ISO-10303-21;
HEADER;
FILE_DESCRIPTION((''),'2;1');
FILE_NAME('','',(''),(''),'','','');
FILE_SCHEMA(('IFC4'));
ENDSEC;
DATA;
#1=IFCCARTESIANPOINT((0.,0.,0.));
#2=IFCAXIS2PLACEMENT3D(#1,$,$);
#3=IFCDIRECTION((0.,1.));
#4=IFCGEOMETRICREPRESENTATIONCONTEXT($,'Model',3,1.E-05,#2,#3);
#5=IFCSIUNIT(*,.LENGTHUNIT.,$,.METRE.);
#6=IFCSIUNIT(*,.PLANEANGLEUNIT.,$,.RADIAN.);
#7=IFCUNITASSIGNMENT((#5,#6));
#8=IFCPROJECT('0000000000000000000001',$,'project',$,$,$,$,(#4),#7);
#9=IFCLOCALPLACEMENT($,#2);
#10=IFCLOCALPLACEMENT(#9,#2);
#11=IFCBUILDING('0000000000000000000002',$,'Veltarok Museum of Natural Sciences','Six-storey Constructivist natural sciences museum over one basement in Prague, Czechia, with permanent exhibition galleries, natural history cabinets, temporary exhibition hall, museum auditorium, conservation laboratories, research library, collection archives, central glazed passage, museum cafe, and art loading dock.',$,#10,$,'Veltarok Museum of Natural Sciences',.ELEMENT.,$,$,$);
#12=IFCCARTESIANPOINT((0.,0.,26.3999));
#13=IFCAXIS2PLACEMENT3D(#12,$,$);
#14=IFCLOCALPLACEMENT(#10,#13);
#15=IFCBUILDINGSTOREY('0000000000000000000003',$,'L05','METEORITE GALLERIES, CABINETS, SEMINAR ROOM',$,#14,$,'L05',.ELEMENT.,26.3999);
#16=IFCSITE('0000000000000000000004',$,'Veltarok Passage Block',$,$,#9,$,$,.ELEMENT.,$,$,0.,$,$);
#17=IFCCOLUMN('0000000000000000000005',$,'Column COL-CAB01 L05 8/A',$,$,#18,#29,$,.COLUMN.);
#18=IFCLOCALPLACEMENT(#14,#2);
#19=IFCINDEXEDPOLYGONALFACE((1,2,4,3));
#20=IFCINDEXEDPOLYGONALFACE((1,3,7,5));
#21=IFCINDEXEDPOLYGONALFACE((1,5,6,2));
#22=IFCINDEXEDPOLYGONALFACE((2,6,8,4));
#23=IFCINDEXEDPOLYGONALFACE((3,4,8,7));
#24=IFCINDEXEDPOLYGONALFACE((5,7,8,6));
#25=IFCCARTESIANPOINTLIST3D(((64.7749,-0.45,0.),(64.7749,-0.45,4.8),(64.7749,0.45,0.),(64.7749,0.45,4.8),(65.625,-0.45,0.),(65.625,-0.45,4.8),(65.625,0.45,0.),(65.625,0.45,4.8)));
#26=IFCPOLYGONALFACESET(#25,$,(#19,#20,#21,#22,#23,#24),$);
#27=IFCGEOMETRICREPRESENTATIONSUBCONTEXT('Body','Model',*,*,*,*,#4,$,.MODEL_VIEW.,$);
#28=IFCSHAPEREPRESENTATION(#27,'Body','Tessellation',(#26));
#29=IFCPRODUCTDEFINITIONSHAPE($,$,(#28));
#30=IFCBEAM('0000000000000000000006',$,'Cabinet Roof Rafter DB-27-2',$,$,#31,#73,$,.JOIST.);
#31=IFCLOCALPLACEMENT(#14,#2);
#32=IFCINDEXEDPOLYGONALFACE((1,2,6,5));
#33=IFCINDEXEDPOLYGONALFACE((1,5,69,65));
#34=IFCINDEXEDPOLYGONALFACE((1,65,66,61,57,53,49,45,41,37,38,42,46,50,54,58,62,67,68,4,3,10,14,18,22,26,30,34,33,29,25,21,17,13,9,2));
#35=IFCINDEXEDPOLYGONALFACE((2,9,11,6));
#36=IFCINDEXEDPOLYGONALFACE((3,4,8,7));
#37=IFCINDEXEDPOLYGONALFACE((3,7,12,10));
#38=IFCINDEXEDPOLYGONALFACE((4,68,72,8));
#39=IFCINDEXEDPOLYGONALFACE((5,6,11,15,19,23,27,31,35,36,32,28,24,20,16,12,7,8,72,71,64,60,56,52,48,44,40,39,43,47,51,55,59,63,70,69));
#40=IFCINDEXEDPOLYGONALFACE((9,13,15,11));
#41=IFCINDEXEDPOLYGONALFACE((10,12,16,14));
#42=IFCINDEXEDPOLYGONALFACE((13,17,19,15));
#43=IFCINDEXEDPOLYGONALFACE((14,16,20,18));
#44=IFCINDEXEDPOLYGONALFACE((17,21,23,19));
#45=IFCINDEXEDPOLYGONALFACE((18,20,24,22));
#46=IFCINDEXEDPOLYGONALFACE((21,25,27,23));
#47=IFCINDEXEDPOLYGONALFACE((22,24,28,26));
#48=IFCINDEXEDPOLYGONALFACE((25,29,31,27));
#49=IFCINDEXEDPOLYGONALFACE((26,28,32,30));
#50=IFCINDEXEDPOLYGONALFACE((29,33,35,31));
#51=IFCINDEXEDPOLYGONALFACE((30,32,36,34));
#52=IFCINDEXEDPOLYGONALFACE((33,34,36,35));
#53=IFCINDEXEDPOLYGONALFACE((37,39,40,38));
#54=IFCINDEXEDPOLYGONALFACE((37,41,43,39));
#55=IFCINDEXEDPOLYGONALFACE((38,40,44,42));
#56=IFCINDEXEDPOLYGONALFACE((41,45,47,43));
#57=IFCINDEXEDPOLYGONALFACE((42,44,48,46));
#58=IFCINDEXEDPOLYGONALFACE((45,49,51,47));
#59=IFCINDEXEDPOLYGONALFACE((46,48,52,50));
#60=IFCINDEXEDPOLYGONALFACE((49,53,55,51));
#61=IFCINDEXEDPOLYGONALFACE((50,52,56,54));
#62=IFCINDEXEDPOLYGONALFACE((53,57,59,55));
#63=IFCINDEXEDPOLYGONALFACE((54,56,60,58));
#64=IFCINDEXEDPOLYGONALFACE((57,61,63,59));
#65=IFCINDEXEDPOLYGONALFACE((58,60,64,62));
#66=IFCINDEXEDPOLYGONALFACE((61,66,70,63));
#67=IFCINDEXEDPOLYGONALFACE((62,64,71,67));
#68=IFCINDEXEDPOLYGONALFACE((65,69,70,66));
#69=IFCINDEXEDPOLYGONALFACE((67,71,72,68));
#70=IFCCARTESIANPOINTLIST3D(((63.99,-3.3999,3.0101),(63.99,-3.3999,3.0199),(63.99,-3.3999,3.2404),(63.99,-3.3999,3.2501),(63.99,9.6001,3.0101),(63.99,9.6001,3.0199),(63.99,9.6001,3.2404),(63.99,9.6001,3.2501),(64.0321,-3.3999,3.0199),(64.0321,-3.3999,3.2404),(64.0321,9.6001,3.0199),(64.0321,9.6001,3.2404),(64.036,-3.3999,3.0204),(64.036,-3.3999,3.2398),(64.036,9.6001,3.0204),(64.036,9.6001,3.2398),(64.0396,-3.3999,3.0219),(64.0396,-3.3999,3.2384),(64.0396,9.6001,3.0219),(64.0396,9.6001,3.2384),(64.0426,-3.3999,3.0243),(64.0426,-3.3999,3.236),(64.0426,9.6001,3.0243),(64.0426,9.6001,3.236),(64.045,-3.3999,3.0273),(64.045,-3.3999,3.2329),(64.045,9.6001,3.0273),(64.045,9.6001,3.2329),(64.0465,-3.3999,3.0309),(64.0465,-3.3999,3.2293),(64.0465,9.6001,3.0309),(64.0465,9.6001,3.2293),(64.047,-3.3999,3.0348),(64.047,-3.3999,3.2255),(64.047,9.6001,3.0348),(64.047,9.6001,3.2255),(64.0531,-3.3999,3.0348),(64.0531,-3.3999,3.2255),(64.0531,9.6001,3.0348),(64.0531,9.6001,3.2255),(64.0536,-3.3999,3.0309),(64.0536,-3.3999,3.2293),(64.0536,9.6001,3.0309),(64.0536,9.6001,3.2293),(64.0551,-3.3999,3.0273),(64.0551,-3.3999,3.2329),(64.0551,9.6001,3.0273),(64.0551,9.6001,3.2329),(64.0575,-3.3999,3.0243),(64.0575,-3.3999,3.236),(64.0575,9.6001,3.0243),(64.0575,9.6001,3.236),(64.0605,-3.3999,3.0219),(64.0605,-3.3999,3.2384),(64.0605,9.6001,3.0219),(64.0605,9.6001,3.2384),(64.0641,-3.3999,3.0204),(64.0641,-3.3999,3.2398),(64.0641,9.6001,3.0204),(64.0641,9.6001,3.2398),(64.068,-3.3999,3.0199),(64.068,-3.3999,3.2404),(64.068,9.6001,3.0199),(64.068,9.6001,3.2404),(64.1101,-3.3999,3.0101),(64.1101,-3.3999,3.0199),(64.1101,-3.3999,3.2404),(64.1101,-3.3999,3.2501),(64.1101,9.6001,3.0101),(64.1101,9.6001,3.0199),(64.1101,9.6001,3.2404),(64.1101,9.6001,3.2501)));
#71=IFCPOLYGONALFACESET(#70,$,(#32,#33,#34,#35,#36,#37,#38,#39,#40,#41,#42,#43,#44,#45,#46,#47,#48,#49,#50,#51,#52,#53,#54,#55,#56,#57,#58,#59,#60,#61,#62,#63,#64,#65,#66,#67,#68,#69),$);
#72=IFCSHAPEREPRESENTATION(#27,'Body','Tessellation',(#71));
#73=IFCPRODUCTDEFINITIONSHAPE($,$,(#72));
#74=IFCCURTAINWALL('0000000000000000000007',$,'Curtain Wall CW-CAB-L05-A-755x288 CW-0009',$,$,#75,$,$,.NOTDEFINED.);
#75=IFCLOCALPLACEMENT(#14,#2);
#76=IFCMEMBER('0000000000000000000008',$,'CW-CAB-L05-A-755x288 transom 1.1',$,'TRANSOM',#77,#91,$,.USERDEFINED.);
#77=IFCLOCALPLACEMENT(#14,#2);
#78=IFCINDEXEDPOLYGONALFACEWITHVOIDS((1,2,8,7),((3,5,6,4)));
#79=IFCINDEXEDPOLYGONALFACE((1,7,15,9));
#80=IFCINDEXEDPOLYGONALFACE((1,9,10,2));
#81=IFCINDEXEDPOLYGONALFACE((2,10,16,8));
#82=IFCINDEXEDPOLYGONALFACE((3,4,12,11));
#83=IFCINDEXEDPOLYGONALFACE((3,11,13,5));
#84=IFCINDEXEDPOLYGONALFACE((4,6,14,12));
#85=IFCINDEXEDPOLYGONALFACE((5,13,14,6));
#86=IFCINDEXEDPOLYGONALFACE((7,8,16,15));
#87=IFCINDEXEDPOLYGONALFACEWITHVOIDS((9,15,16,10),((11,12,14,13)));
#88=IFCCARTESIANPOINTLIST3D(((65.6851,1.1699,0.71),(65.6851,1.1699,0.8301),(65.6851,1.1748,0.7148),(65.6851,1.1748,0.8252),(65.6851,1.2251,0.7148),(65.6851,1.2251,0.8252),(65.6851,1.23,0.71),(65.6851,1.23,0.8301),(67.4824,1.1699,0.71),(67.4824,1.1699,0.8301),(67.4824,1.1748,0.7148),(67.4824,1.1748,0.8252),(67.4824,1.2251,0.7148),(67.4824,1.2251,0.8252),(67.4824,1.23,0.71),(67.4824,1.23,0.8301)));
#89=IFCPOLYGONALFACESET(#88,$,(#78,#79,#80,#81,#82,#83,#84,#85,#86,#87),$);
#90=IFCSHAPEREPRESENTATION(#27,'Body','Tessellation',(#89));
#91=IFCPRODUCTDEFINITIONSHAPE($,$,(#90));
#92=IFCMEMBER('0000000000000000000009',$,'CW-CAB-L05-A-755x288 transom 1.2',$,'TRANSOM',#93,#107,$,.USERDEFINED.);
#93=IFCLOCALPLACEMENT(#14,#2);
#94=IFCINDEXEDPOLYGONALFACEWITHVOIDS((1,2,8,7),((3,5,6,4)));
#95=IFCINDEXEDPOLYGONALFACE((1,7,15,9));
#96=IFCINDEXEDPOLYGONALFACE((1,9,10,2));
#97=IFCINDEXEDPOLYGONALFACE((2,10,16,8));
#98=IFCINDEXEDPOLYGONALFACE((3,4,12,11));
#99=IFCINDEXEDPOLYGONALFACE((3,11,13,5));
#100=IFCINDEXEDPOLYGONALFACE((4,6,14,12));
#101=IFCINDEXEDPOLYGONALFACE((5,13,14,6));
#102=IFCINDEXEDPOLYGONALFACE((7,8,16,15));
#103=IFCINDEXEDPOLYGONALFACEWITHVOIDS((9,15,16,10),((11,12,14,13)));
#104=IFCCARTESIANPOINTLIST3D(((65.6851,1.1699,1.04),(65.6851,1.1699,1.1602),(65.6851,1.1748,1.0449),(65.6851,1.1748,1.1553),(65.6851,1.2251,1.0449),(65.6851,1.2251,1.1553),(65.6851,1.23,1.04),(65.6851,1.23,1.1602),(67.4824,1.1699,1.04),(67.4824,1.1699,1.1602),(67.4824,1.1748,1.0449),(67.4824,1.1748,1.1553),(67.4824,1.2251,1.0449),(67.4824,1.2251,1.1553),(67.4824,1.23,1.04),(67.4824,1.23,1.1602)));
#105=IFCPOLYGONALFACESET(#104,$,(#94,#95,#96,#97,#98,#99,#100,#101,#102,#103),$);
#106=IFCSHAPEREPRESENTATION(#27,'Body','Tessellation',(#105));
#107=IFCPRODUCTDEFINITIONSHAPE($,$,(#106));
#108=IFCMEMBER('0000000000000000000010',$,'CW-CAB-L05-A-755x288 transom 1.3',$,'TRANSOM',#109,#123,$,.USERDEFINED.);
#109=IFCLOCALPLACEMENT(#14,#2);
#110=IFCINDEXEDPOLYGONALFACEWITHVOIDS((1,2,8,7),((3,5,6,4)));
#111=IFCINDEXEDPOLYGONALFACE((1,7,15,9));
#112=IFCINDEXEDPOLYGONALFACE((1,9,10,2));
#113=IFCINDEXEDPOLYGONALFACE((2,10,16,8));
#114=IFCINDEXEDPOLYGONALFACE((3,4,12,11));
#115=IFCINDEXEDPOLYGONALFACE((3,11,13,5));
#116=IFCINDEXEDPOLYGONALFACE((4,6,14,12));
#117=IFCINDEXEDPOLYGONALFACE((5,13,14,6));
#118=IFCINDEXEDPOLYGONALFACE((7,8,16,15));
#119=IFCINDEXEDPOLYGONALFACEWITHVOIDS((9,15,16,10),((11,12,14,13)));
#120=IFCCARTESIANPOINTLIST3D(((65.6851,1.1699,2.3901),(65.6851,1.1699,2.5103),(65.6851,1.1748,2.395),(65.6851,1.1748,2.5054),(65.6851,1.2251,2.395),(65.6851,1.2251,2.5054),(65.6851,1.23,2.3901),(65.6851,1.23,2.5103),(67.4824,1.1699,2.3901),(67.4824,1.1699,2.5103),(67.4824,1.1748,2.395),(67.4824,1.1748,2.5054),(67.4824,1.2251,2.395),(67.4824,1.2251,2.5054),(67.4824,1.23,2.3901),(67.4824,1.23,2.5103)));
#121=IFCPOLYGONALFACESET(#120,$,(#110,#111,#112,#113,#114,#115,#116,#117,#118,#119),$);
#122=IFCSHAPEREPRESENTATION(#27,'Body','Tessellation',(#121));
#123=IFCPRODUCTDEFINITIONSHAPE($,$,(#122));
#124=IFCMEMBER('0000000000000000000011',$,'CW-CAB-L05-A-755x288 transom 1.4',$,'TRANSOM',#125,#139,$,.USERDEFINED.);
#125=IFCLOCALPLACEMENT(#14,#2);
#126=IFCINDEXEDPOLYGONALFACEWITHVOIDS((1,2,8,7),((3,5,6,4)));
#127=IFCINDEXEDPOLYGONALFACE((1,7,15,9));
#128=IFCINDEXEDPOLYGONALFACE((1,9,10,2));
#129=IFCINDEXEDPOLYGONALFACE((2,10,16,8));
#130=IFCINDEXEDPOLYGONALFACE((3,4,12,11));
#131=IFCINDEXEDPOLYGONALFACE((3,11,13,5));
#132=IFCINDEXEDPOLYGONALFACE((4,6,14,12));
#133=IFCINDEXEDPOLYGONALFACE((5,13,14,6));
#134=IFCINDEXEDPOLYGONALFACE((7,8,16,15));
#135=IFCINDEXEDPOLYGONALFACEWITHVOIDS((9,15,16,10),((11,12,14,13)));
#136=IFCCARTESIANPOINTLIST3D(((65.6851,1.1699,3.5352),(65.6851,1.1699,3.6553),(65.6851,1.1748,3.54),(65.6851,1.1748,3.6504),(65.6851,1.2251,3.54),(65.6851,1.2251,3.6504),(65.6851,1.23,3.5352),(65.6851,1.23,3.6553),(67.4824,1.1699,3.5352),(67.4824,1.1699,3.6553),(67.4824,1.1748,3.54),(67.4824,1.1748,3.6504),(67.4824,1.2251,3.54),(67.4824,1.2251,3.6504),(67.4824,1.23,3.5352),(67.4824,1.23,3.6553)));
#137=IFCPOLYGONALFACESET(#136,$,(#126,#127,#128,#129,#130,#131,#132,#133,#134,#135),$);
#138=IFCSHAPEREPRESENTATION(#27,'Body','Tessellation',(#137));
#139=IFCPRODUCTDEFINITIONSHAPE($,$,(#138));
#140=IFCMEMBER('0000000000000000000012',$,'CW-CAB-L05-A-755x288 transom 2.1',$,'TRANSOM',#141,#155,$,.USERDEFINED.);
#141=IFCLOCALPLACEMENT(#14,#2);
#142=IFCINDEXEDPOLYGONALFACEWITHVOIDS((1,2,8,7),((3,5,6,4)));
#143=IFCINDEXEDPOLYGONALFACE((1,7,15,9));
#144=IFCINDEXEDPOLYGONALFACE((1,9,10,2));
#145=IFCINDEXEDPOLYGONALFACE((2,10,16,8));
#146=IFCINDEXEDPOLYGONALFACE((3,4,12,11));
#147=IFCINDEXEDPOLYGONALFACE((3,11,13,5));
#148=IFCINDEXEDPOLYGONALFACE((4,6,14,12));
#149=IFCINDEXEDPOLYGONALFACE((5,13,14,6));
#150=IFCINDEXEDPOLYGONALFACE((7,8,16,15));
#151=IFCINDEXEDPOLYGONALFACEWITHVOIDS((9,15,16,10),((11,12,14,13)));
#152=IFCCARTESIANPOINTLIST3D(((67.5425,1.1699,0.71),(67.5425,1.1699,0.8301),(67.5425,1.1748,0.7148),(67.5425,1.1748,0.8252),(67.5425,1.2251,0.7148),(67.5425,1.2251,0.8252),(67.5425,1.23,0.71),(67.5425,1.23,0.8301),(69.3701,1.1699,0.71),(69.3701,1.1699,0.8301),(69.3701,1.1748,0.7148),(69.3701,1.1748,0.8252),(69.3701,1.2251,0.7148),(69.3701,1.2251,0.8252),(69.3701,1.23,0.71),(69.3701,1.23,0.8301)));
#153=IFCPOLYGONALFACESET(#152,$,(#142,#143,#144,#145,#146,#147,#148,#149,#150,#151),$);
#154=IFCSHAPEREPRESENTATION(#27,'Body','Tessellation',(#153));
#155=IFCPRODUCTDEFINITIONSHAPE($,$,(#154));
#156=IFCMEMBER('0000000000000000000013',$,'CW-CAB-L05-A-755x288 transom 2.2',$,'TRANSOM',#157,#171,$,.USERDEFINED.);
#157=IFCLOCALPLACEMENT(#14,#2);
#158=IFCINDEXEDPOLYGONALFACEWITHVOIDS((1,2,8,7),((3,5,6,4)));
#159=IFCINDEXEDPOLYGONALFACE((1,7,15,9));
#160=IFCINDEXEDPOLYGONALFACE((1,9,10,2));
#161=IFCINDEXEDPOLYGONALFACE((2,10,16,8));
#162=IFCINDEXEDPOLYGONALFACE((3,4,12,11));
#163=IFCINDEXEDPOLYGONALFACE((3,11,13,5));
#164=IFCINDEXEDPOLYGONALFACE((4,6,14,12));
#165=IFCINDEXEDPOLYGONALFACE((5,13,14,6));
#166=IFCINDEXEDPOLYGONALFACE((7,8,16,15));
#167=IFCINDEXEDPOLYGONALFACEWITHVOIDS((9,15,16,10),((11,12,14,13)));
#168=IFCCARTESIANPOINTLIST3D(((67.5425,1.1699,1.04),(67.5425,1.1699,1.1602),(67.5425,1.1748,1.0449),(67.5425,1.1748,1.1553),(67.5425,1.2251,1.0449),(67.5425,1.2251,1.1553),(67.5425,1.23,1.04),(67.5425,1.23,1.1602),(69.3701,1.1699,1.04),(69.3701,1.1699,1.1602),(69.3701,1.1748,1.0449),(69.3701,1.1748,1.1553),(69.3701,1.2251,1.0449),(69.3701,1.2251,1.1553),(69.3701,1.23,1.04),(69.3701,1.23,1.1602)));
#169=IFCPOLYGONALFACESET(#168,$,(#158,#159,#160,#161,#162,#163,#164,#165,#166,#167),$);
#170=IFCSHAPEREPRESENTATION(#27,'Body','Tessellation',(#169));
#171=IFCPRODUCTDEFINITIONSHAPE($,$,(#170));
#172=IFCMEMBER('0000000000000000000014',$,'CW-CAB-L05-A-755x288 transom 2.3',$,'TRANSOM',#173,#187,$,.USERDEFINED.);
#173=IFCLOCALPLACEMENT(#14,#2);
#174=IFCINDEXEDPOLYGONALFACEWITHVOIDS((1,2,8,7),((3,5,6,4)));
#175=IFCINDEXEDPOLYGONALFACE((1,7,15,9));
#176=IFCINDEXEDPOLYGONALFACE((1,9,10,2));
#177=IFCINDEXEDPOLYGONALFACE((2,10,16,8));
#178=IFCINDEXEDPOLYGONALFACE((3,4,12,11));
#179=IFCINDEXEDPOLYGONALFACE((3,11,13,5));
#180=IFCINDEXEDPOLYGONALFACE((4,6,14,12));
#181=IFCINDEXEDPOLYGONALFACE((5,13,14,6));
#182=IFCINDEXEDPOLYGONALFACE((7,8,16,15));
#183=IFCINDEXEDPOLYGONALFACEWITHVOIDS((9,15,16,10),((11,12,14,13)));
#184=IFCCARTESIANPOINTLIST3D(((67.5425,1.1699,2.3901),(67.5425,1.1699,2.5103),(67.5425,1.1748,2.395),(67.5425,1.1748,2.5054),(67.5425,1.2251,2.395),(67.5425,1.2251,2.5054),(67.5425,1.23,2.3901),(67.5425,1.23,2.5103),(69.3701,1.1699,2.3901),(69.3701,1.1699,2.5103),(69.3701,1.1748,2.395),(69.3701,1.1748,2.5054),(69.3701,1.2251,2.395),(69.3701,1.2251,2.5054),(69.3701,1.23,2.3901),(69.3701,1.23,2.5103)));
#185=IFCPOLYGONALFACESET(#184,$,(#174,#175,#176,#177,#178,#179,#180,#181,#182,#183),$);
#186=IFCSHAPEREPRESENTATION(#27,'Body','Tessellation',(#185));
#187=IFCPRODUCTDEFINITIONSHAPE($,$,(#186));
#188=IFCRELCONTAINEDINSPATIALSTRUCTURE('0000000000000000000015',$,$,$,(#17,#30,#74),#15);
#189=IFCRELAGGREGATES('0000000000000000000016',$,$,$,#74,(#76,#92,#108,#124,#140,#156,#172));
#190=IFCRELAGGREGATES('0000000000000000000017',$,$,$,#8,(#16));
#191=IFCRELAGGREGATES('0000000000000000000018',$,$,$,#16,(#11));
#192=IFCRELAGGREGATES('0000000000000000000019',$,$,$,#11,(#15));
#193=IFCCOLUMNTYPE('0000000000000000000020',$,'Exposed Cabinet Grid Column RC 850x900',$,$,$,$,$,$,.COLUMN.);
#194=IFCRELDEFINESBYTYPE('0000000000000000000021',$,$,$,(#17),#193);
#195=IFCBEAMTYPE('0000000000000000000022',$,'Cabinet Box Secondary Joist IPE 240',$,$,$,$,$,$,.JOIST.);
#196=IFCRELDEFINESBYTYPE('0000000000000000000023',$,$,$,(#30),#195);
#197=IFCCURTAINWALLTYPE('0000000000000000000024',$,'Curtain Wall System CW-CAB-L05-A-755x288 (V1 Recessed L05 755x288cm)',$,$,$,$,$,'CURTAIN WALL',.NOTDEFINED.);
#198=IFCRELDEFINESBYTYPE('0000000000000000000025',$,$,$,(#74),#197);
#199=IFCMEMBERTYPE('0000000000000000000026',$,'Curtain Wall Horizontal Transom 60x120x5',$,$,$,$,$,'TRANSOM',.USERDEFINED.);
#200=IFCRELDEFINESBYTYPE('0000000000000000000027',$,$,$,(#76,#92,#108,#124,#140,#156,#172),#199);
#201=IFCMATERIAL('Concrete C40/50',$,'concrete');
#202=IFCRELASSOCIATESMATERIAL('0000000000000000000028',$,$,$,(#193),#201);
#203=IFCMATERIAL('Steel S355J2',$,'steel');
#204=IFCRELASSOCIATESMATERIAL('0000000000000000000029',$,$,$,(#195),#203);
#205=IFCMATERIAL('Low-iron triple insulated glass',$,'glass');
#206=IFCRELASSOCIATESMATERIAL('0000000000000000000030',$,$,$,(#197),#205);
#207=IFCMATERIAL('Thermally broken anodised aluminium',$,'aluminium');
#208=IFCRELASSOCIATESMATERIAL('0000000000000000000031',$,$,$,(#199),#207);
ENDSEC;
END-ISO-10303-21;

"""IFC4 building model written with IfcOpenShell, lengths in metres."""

from ifc_helpers import new_model, si_unit, direction, frame, origin, origin_2d, place, context, subcontext, project, spatial, rectangle, hollow_rectangle, i_section, extrude, material, material_profile, profile_set, type_object, element, aggregate, save


model = new_model("IFC4")

# Units and contexts
model_context = context("Model", 3, precision=1e-05, world=origin(), true_north=direction((0.0, 1.0)))
body_context = subcontext(model_context, "Body", "Model", "MODEL_VIEW")
ifc_project = project(units=[si_unit("LENGTHUNIT", "METRE"), si_unit("PLANEANGLEUNIT", "RADIAN")], contexts=[model_context])

# Site, building, storey
site_placement = place(None, origin())
site = spatial("IfcSite", under=ifc_project, at=site_placement, Name="Veltarok Passage Block", CompositionType="ELEMENT", RefElevation=0.0)
building_placement = place(site_placement, origin())
building = spatial("IfcBuilding", under=site, at=building_placement, Name="Veltarok Museum of Natural Sciences", Description="Six-storey Constructivist natural sciences museum over one basement in Prague, Czechia, with permanent exhibition galleries, natural history cabinets, temporary exhibition hall, museum auditorium, conservation laboratories, research library, collection archives, central glazed passage, museum cafe, and art loading dock.", LongName="Veltarok Museum of Natural Sciences", CompositionType="ELEMENT")
storey_placement = place(building_placement, frame((0.0, 0.0, 26.3999)))
storey = spatial("IfcBuildingStorey", under=building, at=storey_placement, Name="L05", Description="METEORITE GALLERIES, CABINETS, SEMINAR ROOM", LongName="L05", CompositionType="ELEMENT", Elevation=26.3999)

# Column
ifc_material_1 = material(Name="Concrete C40/50", Category="concrete")
ifc_material_profile_1 = material_profile(ifc_material_1, rectangle(XDim=0.8501, YDim=0.8999, at=origin_2d()), Name="RC 850x900")
ifc_profile_set_1 = profile_set([ifc_material_profile_1], Name="Concrete C40/50")
column_type = type_object("IfcColumnType", Name="Exposed Cabinet Grid Column RC 850x900", PredefinedType="COLUMN", material=ifc_profile_set_1)
column_placement = place(storey_placement, frame((65.2, 0.0, 0.0), z_axis=(0.0, 0.0, 1.0), x_axis=(1.0, 0.0, 0.0)))
element("IfcColumn", 1, at=column_placement, inside=storey, type_object=column_type, Name="Column COL-CAB01 L05 8/A", PredefinedType="COLUMN", context=body_context, shape_type="SweptSolid", body=[
    extrude(rectangle(XDim=0.8501, YDim=0.8999, at=origin_2d()), origin(), (0.0, 0.0, 1.0), 4.8),
])

# Beam
ifc_material_2 = material(Name="Steel S355J2", Category="steel")
ifc_material_profile_2 = material_profile(ifc_material_2, i_section(OverallWidth=0.1201, OverallDepth=0.24, WebThickness=0.0061, FlangeThickness=0.0098, FilletRadius=0.0149, at=origin_2d()), Name="IPE 240")
ifc_profile_set_2 = profile_set([ifc_material_profile_2], Name="Steel S355J2")
beam_type_1 = type_object("IfcBeamType", Name="Cabinet Box Secondary Joist IPE 240", PredefinedType="JOIST", material=ifc_profile_set_2)
beam_1_placement = place(storey_placement, frame((64.05, -3.3999, 3.1301), z_axis=(0.0, 1.0, 0.0), x_axis=(-1.0, 0.0, 0.0)))
element("IfcBeam", 2, at=beam_1_placement, inside=storey, type_object=beam_type_1, Name="Cabinet Roof Rafter DB-27-2", PredefinedType="JOIST", context=body_context, shape_type="SweptSolid", body=[
    extrude(i_section(OverallWidth=0.1201, OverallDepth=0.24, WebThickness=0.0061, FlangeThickness=0.0098, FilletRadius=0.0149, at=origin_2d()), origin(), (0.0, 0.0, 1.0), 13.0),
])

# Curtain wall, members
ifc_material_3 = material(Name="Low-iron triple insulated glass", Category="glass")
curtain_wall_type = type_object("IfcCurtainWallType", Name="Curtain Wall System CW-CAB-L05-A-755x288 (V1 Recessed L05 755x288cm)", ElementType="CURTAIN WALL", PredefinedType="NOTDEFINED", material=ifc_material_3)
curtain_wall_placement = place(storey_placement, origin())
curtain_wall = element("IfcCurtainWall", 3, at=curtain_wall_placement, inside=storey, type_object=curtain_wall_type, Name="Curtain Wall CW-CAB-L05-A-755x288 CW-0009", PredefinedType="NOTDEFINED")
ifc_material_4 = material(Name="Thermally broken anodised aluminium", Category="aluminium")
ifc_material_profile_3 = material_profile(ifc_material_4, hollow_rectangle(XDim=0.0601, YDim=0.1201, WallThickness=0.0049, at=origin_2d()), Name="CW TRANSOM 60x120x5")
ifc_profile_set_3 = profile_set([ifc_material_profile_3], Name="Thermally broken anodised aluminium")
member_type_1 = type_object("IfcMemberType", Name="Curtain Wall Horizontal Transom 60x120x5", ElementType="TRANSOM", PredefinedType="USERDEFINED", material=ifc_profile_set_3)
member_1_placement = place(storey_placement, frame((65.6851, 1.2, 0.77), z_axis=(1.0, 0.0, 0.0), x_axis=(0.0, 1.0, 0.0)))
member_1 = element("IfcMember", 4, at=member_1_placement, type_object=member_type_1, Name="CW-CAB-L05-A-755x288 transom 1.1", ObjectType="TRANSOM", PredefinedType="USERDEFINED", context=body_context, shape_type="SweptSolid", body=[
    extrude(hollow_rectangle(XDim=0.0601, YDim=0.1201, WallThickness=0.0049, at=origin_2d()), origin(), (0.0, 0.0, 1.0), 1.7974),
])
member_2_placement = place(storey_placement, frame((65.6851, 1.2, 1.1001), z_axis=(1.0, 0.0, 0.0), x_axis=(0.0, 1.0, 0.0)))
member_2 = element("IfcMember", 5, at=member_2_placement, type_object=member_type_1, Name="CW-CAB-L05-A-755x288 transom 1.2", ObjectType="TRANSOM", PredefinedType="USERDEFINED", context=body_context, shape_type="SweptSolid", body=[
    extrude(hollow_rectangle(XDim=0.0601, YDim=0.1201, WallThickness=0.0049, at=origin_2d()), origin(), (0.0, 0.0, 1.0), 1.7974),
])
member_3_placement = place(storey_placement, frame((65.6851, 1.2, 2.4502), z_axis=(1.0, 0.0, 0.0), x_axis=(0.0, 1.0, 0.0)))
member_3 = element("IfcMember", 6, at=member_3_placement, type_object=member_type_1, Name="CW-CAB-L05-A-755x288 transom 1.3", ObjectType="TRANSOM", PredefinedType="USERDEFINED", context=body_context, shape_type="SweptSolid", body=[
    extrude(hollow_rectangle(XDim=0.0601, YDim=0.1201, WallThickness=0.0049, at=origin_2d()), origin(), (0.0, 0.0, 1.0), 1.7974),
])
member_4_placement = place(storey_placement, frame((65.6851, 1.2, 3.5952), z_axis=(1.0, 0.0, 0.0), x_axis=(0.0, 1.0, 0.0)))
member_4 = element("IfcMember", 7, at=member_4_placement, type_object=member_type_1, Name="CW-CAB-L05-A-755x288 transom 1.4", ObjectType="TRANSOM", PredefinedType="USERDEFINED", context=body_context, shape_type="SweptSolid", body=[
    extrude(hollow_rectangle(XDim=0.0601, YDim=0.1201, WallThickness=0.0049, at=origin_2d()), origin(), (0.0, 0.0, 1.0), 1.7974),
])
member_5_placement = place(storey_placement, frame((67.5425, 1.2, 0.77), z_axis=(1.0, 0.0, 0.0), x_axis=(0.0, 1.0, 0.0)))
member_5 = element("IfcMember", 8, at=member_5_placement, type_object=member_type_1, Name="CW-CAB-L05-A-755x288 transom 2.1", ObjectType="TRANSOM", PredefinedType="USERDEFINED", context=body_context, shape_type="SweptSolid", body=[
    extrude(hollow_rectangle(XDim=0.0601, YDim=0.1201, WallThickness=0.0049, at=origin_2d()), origin(), (0.0, 0.0, 1.0), 1.8276),
])
member_6_placement = place(storey_placement, frame((67.5425, 1.2, 1.1001), z_axis=(1.0, 0.0, 0.0), x_axis=(0.0, 1.0, 0.0)))
member_6 = element("IfcMember", 9, at=member_6_placement, type_object=member_type_1, Name="CW-CAB-L05-A-755x288 transom 2.2", ObjectType="TRANSOM", PredefinedType="USERDEFINED", context=body_context, shape_type="SweptSolid", body=[
    extrude(hollow_rectangle(XDim=0.0601, YDim=0.1201, WallThickness=0.0049, at=origin_2d()), origin(), (0.0, 0.0, 1.0), 1.8276),
])
member_7_placement = place(storey_placement, frame((67.5425, 1.2, 2.4502), z_axis=(1.0, 0.0, 0.0), x_axis=(0.0, 1.0, 0.0)))
member_7 = element("IfcMember", 10, at=member_7_placement, type_object=member_type_1, Name="CW-CAB-L05-A-755x288 transom 2.3", ObjectType="TRANSOM", PredefinedType="USERDEFINED", context=body_context, shape_type="SweptSolid", body=[
    extrude(hollow_rectangle(XDim=0.0601, YDim=0.1201, WallThickness=0.0049, at=origin_2d()), origin(), (0.0, 0.0, 1.0), 1.8276),
])

aggregate(curtain_wall, [member_1, member_2, member_3, member_4, member_5, member_6, member_7])

save(model, "model.ifc")
